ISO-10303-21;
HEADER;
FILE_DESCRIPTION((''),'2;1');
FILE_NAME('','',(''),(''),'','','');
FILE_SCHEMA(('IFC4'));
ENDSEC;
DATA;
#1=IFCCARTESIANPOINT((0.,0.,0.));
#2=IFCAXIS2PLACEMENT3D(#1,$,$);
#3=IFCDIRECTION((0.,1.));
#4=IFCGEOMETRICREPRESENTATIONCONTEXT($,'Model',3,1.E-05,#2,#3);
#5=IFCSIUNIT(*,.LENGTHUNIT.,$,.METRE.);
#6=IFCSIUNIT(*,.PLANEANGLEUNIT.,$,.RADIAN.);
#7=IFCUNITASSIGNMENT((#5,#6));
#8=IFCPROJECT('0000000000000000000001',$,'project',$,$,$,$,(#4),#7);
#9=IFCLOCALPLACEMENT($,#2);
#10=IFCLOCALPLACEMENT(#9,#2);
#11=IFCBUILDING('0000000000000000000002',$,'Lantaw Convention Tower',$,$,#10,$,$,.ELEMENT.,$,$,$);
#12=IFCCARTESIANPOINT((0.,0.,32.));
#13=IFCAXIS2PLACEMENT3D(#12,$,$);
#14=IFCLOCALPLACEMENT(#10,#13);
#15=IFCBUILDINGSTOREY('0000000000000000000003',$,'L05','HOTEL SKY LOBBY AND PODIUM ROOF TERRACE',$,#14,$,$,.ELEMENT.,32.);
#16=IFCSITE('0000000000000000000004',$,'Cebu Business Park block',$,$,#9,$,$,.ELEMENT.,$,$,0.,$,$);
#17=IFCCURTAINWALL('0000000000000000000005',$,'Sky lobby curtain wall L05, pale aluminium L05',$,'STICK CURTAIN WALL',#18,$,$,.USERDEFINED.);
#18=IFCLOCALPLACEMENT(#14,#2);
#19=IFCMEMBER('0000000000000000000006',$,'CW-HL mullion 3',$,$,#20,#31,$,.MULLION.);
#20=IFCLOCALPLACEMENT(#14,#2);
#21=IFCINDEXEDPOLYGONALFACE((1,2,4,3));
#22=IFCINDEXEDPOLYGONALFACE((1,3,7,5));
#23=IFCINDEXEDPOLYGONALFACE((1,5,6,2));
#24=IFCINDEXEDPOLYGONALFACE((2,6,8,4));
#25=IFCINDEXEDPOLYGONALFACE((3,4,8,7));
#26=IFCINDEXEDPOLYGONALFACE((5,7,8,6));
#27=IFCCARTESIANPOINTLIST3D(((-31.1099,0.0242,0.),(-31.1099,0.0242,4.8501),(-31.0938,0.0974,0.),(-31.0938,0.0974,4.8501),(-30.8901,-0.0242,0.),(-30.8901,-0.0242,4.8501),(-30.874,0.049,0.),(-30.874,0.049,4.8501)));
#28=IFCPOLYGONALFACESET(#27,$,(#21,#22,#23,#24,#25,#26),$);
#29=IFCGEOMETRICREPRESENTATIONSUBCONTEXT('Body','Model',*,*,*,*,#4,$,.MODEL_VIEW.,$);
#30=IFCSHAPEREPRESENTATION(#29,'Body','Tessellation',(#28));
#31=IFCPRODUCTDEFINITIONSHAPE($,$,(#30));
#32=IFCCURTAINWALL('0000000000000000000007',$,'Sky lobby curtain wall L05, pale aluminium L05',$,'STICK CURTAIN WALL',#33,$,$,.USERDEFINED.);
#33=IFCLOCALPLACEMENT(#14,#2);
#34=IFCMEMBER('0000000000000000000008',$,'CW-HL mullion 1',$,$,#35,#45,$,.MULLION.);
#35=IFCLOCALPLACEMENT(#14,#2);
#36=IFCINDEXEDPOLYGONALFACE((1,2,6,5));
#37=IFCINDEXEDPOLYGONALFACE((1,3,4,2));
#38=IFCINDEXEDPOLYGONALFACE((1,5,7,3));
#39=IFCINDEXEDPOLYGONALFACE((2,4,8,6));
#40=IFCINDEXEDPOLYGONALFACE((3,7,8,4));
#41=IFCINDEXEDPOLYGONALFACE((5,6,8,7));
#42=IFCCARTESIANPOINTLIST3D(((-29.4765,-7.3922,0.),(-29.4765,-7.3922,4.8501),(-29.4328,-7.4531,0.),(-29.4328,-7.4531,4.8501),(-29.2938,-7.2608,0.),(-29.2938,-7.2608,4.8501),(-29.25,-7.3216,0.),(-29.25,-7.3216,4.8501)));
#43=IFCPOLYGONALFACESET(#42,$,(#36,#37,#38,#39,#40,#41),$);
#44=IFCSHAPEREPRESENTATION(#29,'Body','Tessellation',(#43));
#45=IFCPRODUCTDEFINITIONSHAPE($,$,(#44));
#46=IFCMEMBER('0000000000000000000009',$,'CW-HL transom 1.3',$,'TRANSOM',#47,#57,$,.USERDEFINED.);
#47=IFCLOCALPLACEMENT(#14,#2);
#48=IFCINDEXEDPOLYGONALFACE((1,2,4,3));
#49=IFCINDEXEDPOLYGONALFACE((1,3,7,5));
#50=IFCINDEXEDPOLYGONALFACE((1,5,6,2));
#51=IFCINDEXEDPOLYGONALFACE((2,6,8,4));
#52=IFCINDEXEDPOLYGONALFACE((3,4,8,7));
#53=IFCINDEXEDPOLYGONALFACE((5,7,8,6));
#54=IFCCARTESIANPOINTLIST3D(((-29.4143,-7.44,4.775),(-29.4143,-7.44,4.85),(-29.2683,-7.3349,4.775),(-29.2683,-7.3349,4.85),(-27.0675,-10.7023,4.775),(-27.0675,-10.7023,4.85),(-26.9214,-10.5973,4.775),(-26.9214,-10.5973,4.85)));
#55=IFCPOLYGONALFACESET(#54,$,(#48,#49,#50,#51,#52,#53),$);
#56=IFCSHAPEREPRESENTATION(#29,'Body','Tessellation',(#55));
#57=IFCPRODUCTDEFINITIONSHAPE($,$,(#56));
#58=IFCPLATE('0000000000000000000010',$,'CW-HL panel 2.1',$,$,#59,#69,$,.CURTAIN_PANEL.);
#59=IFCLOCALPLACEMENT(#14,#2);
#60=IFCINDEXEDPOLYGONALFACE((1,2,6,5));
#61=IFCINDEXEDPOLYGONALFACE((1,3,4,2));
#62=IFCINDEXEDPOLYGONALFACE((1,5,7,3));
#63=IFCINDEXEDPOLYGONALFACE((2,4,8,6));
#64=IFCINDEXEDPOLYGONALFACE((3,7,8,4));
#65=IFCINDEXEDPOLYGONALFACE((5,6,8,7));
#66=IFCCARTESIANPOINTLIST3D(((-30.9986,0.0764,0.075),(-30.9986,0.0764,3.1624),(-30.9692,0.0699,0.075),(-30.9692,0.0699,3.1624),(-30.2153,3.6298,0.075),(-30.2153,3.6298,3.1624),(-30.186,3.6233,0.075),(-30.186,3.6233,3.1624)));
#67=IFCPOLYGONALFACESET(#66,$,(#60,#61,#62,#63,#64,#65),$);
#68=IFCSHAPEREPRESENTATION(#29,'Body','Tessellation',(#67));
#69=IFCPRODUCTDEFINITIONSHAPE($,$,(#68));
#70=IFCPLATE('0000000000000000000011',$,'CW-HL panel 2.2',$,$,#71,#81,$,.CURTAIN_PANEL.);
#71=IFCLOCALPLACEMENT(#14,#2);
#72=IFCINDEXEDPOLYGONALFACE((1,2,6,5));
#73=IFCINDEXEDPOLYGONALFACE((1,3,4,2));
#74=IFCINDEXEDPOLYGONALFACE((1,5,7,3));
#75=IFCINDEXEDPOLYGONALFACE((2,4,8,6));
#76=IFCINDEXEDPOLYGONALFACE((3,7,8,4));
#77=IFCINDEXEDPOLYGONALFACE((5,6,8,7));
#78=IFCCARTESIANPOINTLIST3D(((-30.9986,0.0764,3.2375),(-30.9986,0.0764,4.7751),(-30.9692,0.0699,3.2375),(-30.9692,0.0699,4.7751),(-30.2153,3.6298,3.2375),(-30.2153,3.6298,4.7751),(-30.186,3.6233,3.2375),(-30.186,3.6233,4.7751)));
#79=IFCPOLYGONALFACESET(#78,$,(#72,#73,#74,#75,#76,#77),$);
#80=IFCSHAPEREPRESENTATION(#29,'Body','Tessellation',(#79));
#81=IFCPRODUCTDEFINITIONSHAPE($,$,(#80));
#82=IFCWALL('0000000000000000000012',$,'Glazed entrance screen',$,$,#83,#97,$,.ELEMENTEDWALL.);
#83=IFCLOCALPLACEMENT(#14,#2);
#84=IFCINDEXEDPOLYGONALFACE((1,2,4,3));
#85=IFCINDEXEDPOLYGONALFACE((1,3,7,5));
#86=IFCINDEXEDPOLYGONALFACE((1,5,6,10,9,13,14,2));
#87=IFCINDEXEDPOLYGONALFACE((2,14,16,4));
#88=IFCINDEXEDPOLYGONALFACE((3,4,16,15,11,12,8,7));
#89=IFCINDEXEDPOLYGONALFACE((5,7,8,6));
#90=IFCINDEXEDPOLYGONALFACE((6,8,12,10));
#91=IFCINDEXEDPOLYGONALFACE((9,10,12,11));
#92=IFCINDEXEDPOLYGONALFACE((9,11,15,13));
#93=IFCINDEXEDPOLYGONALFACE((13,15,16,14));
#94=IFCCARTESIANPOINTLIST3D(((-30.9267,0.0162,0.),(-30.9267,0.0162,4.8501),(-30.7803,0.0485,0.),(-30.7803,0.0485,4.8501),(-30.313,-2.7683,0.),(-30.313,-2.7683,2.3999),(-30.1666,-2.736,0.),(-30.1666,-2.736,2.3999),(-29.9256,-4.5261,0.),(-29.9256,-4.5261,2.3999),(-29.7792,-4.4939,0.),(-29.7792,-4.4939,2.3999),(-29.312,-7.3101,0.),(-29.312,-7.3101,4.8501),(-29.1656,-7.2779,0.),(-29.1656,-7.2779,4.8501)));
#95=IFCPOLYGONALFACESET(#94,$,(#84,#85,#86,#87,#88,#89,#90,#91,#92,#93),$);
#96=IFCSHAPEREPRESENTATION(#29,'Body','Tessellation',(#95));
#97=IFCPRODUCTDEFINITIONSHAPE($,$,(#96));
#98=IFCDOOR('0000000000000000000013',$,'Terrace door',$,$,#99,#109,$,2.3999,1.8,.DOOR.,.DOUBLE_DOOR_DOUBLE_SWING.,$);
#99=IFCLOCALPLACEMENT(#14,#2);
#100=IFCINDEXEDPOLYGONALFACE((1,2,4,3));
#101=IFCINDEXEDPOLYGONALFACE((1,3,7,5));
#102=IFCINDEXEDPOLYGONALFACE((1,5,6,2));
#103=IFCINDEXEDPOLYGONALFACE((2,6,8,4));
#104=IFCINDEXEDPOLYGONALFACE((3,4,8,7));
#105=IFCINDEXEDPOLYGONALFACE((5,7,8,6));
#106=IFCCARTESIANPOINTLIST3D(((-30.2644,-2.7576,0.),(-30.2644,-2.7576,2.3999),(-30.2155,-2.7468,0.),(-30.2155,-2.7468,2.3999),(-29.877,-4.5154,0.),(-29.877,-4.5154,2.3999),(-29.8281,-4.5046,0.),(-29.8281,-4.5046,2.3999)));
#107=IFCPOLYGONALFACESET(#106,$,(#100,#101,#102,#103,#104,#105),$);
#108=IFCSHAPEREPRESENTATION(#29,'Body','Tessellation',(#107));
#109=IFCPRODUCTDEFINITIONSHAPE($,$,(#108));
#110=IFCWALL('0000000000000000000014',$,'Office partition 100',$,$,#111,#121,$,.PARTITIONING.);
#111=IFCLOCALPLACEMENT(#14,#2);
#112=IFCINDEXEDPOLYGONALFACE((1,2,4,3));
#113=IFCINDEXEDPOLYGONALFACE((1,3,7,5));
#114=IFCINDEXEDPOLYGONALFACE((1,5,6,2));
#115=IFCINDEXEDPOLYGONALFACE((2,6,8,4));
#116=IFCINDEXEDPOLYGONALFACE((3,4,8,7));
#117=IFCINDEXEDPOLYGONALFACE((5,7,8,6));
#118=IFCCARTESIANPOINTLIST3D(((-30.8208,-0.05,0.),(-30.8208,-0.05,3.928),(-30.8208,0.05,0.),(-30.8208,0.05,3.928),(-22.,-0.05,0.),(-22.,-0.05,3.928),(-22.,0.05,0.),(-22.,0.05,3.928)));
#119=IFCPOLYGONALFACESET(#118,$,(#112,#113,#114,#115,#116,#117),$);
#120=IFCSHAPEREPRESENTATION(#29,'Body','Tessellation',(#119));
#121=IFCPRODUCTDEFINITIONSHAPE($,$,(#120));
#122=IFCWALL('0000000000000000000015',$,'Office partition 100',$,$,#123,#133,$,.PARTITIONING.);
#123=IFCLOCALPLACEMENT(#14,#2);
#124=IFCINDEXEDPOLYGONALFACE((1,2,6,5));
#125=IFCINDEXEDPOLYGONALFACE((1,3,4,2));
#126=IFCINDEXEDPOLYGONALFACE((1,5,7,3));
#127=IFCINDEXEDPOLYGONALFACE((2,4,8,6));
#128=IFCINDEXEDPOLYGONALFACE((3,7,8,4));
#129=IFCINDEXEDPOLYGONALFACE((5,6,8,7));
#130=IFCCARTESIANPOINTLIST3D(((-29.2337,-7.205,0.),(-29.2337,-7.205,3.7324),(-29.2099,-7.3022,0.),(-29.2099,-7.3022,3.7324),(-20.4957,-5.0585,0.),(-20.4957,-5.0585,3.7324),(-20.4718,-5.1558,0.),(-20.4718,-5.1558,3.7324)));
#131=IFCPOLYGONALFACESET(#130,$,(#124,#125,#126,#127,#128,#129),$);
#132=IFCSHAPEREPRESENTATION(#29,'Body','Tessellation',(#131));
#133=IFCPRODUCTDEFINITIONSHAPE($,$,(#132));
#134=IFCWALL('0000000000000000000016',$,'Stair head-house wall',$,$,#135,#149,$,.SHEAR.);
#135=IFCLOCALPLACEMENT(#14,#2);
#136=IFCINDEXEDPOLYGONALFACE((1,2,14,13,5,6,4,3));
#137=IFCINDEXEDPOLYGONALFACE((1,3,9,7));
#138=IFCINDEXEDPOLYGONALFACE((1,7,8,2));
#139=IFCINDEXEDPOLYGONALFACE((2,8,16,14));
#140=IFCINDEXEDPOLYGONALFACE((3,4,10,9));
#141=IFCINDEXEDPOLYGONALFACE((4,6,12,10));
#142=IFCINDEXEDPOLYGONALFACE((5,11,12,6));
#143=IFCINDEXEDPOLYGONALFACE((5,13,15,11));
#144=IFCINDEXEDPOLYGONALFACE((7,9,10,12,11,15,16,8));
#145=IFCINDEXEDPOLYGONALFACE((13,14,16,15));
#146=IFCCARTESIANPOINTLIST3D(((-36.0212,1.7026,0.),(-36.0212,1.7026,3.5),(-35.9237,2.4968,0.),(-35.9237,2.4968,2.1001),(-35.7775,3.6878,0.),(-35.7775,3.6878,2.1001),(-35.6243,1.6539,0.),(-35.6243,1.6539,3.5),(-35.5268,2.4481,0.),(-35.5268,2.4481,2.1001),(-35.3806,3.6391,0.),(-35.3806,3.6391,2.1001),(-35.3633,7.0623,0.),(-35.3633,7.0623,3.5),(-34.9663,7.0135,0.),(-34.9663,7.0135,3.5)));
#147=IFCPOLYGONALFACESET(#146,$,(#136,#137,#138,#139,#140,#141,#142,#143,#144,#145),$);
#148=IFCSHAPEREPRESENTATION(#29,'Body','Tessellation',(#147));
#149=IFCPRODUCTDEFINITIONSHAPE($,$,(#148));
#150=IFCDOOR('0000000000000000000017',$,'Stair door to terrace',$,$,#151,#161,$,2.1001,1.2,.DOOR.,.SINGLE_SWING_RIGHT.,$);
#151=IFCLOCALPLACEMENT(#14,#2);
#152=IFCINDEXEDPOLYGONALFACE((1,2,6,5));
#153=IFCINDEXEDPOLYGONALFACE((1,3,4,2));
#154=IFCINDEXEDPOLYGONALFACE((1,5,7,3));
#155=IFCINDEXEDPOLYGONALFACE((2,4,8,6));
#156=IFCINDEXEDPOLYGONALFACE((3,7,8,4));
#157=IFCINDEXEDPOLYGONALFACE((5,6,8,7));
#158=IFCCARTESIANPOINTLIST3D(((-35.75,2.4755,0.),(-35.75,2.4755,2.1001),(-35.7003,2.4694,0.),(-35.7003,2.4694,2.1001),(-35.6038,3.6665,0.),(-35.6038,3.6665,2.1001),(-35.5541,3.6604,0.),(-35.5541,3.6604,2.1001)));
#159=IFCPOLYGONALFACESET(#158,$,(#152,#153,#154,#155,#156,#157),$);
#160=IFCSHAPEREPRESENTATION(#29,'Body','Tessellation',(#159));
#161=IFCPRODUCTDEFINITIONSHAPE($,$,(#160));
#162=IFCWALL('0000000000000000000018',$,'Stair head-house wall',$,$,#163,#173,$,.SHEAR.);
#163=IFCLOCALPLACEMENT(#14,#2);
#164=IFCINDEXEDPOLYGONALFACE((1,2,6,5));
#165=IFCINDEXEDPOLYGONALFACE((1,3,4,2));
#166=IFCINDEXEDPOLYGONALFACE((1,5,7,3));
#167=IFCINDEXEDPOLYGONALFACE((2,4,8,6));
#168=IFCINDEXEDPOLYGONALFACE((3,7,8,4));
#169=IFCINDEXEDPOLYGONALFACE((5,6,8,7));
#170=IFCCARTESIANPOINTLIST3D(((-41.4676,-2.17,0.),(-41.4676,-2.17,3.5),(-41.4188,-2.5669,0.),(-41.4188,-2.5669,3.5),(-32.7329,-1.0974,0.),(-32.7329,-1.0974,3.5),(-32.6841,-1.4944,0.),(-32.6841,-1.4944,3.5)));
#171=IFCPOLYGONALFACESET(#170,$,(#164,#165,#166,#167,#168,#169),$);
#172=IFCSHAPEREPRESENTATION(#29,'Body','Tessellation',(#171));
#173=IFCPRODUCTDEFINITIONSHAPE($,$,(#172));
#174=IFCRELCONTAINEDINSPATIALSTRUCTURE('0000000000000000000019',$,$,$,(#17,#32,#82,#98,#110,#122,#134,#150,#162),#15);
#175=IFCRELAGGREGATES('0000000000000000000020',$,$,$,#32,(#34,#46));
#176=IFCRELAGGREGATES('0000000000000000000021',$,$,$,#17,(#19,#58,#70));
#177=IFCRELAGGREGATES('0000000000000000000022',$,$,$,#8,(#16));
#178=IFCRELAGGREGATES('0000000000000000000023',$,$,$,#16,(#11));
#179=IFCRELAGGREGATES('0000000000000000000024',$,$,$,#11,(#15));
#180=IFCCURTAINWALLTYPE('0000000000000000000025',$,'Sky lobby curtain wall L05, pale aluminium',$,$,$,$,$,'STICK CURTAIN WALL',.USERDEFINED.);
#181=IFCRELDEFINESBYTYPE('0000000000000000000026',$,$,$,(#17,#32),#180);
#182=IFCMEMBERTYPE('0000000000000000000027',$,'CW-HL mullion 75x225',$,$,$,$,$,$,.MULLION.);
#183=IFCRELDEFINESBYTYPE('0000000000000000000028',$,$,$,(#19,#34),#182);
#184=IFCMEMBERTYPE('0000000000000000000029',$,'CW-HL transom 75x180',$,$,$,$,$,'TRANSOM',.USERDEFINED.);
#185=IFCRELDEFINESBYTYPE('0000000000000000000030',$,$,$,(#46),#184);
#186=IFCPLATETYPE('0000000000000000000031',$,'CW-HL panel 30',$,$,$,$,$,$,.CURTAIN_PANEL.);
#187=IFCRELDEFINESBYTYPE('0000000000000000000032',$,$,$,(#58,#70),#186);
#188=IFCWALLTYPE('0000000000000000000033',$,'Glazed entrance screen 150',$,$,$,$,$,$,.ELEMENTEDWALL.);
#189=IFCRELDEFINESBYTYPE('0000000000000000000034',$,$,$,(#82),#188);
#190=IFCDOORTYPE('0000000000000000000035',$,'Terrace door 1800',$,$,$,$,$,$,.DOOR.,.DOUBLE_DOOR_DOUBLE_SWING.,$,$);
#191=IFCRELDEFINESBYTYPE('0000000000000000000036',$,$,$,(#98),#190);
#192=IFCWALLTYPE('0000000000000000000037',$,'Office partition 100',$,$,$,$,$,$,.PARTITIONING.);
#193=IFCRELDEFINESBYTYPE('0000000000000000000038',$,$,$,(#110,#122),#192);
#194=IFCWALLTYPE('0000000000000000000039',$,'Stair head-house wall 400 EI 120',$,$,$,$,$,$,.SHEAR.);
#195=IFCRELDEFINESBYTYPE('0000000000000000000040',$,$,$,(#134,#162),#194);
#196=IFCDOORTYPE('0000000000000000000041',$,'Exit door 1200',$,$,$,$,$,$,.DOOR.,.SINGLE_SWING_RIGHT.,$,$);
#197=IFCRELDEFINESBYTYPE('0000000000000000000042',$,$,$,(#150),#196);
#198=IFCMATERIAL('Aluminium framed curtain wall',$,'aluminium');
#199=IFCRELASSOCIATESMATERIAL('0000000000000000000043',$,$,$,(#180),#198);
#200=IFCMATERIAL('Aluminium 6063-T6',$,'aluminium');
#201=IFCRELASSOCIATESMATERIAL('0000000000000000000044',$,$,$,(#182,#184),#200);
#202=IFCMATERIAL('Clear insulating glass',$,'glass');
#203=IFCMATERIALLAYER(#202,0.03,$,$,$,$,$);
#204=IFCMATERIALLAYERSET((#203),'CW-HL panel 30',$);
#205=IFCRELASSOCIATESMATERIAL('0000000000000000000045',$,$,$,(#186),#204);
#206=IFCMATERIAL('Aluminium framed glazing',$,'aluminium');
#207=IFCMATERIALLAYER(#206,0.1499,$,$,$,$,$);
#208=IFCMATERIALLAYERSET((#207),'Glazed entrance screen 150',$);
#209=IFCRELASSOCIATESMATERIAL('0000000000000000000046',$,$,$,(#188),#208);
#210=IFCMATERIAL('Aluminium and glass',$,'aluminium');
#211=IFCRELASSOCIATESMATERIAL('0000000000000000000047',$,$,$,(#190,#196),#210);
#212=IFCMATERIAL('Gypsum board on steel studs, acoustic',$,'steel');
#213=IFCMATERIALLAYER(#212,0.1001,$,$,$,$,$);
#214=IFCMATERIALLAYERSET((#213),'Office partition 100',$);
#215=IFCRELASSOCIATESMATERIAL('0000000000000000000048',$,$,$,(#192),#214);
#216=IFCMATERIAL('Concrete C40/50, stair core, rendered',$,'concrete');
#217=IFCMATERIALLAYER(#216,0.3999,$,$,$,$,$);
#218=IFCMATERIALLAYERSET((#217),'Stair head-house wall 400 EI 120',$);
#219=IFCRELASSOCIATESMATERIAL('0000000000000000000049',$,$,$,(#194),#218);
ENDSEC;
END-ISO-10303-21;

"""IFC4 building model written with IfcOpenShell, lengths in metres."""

from ifc_helpers import new_model, si_unit, direction, frame, frame_2d, origin, origin_2d, place, context, subcontext, project, spatial, rectangle, extrude, material, layer, layer_set, material_profile, profile_set, type_object, element, fill, aggregate, save


model = new_model("IFC4")

# Units and contexts
model_context = context("Model", 3, precision=1e-05, world=origin(), true_north=direction((0.0, 1.0)))
body_context = subcontext(model_context, "Body", "Model", "MODEL_VIEW")
ifc_project = project(units=[si_unit("LENGTHUNIT", "METRE"), si_unit("PLANEANGLEUNIT", "RADIAN")], contexts=[model_context])

# Site, building, storey
site_placement = place(None, origin())
site = spatial("IfcSite", under=ifc_project, at=site_placement, Name="Cebu Business Park block", CompositionType="ELEMENT", RefElevation=0.0)
building_placement = place(site_placement, origin())
building = spatial("IfcBuilding", under=site, at=building_placement, Name="Lantaw Convention Tower", CompositionType="ELEMENT")
storey_placement = place(building_placement, frame((0.0, 0.0, 32.0)))
storey = spatial("IfcBuildingStorey", under=building, at=storey_placement, Name="L05", Description="HOTEL SKY LOBBY AND PODIUM ROOF TERRACE", CompositionType="ELEMENT", Elevation=32.0)

# Curtain wall, member
ifc_material_1 = material(Name="Aluminium framed curtain wall", Category="aluminium")
curtain_wall_type = type_object("IfcCurtainWallType", Name="Sky lobby curtain wall L05, pale aluminium", ElementType="STICK CURTAIN WALL", PredefinedType="USERDEFINED", material=ifc_material_1)
curtain_wall_1_placement = place(storey_placement, origin())
curtain_wall_1 = element("IfcCurtainWall", 1, at=curtain_wall_1_placement, inside=storey, type_object=curtain_wall_type, Name="Sky lobby curtain wall L05, pale aluminium L05", ObjectType="STICK CURTAIN WALL", PredefinedType="USERDEFINED")
ifc_material_2 = material(Name="Aluminium 6063-T6", Category="aluminium")
ifc_material_profile_1 = material_profile(ifc_material_2, rectangle(XDim=0.2251, YDim=0.075, at=origin_2d()), Name="CW-HL mullion 75x225")
ifc_profile_set_1 = profile_set([ifc_material_profile_1], Name="Aluminium 6063-T6")
member_type_1 = type_object("IfcMemberType", Name="CW-HL mullion 75x225", PredefinedType="MULLION", material=ifc_profile_set_1)
member_1_placement = place(storey_placement, frame((-30.9919, 0.0366, 0.0), z_axis=(0.0, 0.0, 1.0), x_axis=(0.97656, -0.215246, 0.0)))
member_1 = element("IfcMember", 2, at=member_1_placement, type_object=member_type_1, Name="CW-HL mullion 3", PredefinedType="MULLION", context=body_context, shape_type="SweptSolid", body=[
    extrude(rectangle(XDim=0.2251, YDim=0.075, at=origin_2d()), origin(), (0.0, 0.0, 1.0), 4.8501),
])

# Curtain wall, members
curtain_wall_2_placement = place(storey_placement, origin())
curtain_wall_2 = element("IfcCurtainWall", 3, at=curtain_wall_2_placement, inside=storey, type_object=curtain_wall_type, Name="Sky lobby curtain wall L05, pale aluminium L05", ObjectType="STICK CURTAIN WALL", PredefinedType="USERDEFINED")
member_2_placement = place(storey_placement, frame((-29.3633, -7.3569, 0.0), z_axis=(0.0, 0.0, 1.0), x_axis=(0.811789, 0.583951, 0.0)))
member_2 = element("IfcMember", 4, at=member_2_placement, type_object=member_type_1, Name="CW-HL mullion 1", PredefinedType="MULLION", context=body_context, shape_type="SweptSolid", body=[
    extrude(rectangle(XDim=0.2251, YDim=0.075, at=origin_2d()), origin(), (0.0, 0.0, 1.0), 4.8501),
])
ifc_material_profile_2 = material_profile(ifc_material_2, rectangle(XDim=0.1799, YDim=0.075, at=origin_2d()), Name="CW-HL transom 75x180")
ifc_profile_set_2 = profile_set([ifc_material_profile_2], Name="Aluminium 6063-T6")
member_type_2 = type_object("IfcMemberType", Name="CW-HL transom 75x180", ElementType="TRANSOM", PredefinedType="USERDEFINED", material=ifc_profile_set_2)
member_3_placement = place(storey_placement, frame((-29.3413, -7.3875, 4.8125), z_axis=(0.58397, -0.811775, 0.0), x_axis=(0.811775, 0.58397, 0.0)))
member_3 = element("IfcMember", 5, at=member_3_placement, type_object=member_type_2, Name="CW-HL transom 1.3", ObjectType="TRANSOM", PredefinedType="USERDEFINED", context=body_context, shape_type="SweptSolid", body=[
    extrude(rectangle(XDim=0.1799, YDim=0.075, at=origin_2d()), origin(), (0.0, 0.0, 1.0), 4.0188),
])
aggregate(curtain_wall_2, [member_2, member_3])

# Plates
ifc_material_3 = material(Name="Clear insulating glass", Category="glass")
ifc_layer_1 = layer(ifc_material_3, 0.03)
ifc_layer_set_1 = layer_set([ifc_layer_1], Name="CW-HL panel 30")
plate_type = type_object("IfcPlateType", Name="CW-HL panel 30", PredefinedType="CURTAIN_PANEL", material=ifc_layer_set_1)
plate_1_placement = place(storey_placement, frame((-30.5923, 1.8499, 0.075), z_axis=(0.0, 0.0, 1.0), x_axis=(-0.215246, -0.97656, 0.0)))
plate_1 = element("IfcPlate", 6, at=plate_1_placement, type_object=plate_type, Name="CW-HL panel 2.1", PredefinedType="CURTAIN_PANEL", context=body_context, shape_type="SweptSolid", body=[
    extrude(rectangle(XDim=3.6387, YDim=0.03, at=origin_2d()), origin(), (0.0, 0.0, 1.0), 3.0874),
])
plate_2_placement = place(storey_placement, frame((-30.5923, 1.8499, 3.2375), z_axis=(0.0, 0.0, 1.0), x_axis=(-0.215246, -0.97656, 0.0)))
plate_2 = element("IfcPlate", 7, at=plate_2_placement, type_object=plate_type, Name="CW-HL panel 2.2", PredefinedType="CURTAIN_PANEL", context=body_context, shape_type="SweptSolid", body=[
    extrude(rectangle(XDim=3.6387, YDim=0.03, at=origin_2d()), origin(), (0.0, 0.0, 1.0), 1.5376),
])
aggregate(curtain_wall_1, [member_1, plate_1, plate_2])

# Wall, opening, door
ifc_material_4 = material(Name="Aluminium framed glazing", Category="aluminium")
ifc_layer_2 = layer(ifc_material_4, 0.1499)
ifc_layer_set_2 = layer_set([ifc_layer_2], Name="Glazed entrance screen 150")
wall_type_1 = type_object("IfcWallType", Name="Glazed entrance screen 150", PredefinedType="ELEMENTEDWALL", material=ifc_layer_set_2)
wall_1_placement = place(storey_placement, frame((-30.8535, 0.0322, 0.0), z_axis=(0.0, 0.0, 1.0), x_axis=(0.215235, -0.976562, 0.0)))
wall_1 = element("IfcWall", 8, at=wall_1_placement, inside=storey, type_object=wall_type_1, Name="Glazed entrance screen", PredefinedType="ELEMENTEDWALL", context=body_context, shape_type="SweptSolid", body=[
    extrude(rectangle(XDim=7.5022, YDim=0.1499, at=frame_2d((3.751, 0.0))), origin(), (0.0, 0.0, 1.0), 4.8501),
])
opening_1_placement = place(wall_1_placement, frame((2.8513, 0.0, 0.0)))
opening_1 = element("IfcOpeningElement", 9, at=opening_1_placement, cuts=wall_1, PredefinedType="OPENING", context=body_context, shape_type="SweptSolid", body=[
    extrude(rectangle(XDim=1.8, YDim=2.3999, at=frame_2d((0.8999, 1.2))), frame((0.0, 0.085, 0.0), z_axis=(0.0, -1.0, 0.0), x_axis=(1.0, 0.0, 0.0)), (0.0, 0.0, 1.0), 0.1699),
])
ifc_material_5 = material(Name="Aluminium and glass", Category="aluminium")
door_type_1 = type_object("IfcDoorType", Name="Terrace door 1800", OperationType="DOUBLE_DOOR_DOUBLE_SWING", PredefinedType="DOOR", material=ifc_material_5)
door_1_placement = place(opening_1_placement, origin())
door_1 = element("IfcDoor", 10, at=door_1_placement, inside=storey, type_object=door_type_1, Name="Terrace door", OperationType="DOUBLE_DOOR_DOUBLE_SWING", OverallHeight=2.3999, OverallWidth=1.8, PredefinedType="DOOR", context=body_context, shape_type="SweptSolid", body=[
    extrude(rectangle(XDim=1.8, YDim=2.3999, at=frame_2d((0.8999, 1.2))), frame((0.0, 0.0249, 0.0), z_axis=(0.0, -1.0, 0.0), x_axis=(1.0, 0.0, 0.0)), (0.0, 0.0, 1.0), 0.05),
])
fill(opening_1, door_1)

# Walls
ifc_material_6 = material(Name="Gypsum board on steel studs, acoustic", Category="steel")
ifc_layer_3 = layer(ifc_material_6, 0.1001)
ifc_layer_set_3 = layer_set([ifc_layer_3], Name="Office partition 100")
wall_type_2 = type_object("IfcWallType", Name="Office partition 100", PredefinedType="PARTITIONING", material=ifc_layer_set_3)
wall_2_placement = place(storey_placement, frame((-30.8208, 0.0, 0.0), z_axis=(0.0, 0.0, 1.0), x_axis=(1.0, 0.0, 0.0)))
element("IfcWall", 11, at=wall_2_placement, inside=storey, type_object=wall_type_2, Name="Office partition 100", PredefinedType="PARTITIONING", context=body_context, shape_type="SweptSolid", body=[
    extrude(rectangle(XDim=8.8208, YDim=0.1001, at=frame_2d((4.4104, 0.0))), origin(), (0.0, 0.0, 1.0), 3.928),
])
wall_3_placement = place(storey_placement, frame((-29.2219, -7.2537, 0.0), z_axis=(0.0, 0.0, 1.0), x_axis=(0.971129, 0.238556, 0.0)))
element("IfcWall", 12, at=wall_3_placement, inside=storey, type_object=wall_type_2, Name="Office partition 100", PredefinedType="PARTITIONING", context=body_context, shape_type="SweptSolid", body=[
    extrude(rectangle(XDim=8.9978, YDim=0.1001, at=frame_2d((4.499, 0.0))), origin(), (0.0, 0.0, 1.0), 3.7324),
])

# Wall, opening, door
ifc_material_7 = material(Name="Concrete C40/50, stair core, rendered", Category="concrete")
ifc_layer_4 = layer(ifc_material_7, 0.3999)
ifc_layer_set_4 = layer_set([ifc_layer_4], Name="Stair head-house wall 400 EI 120")
wall_type_3 = type_object("IfcWallType", Name="Stair head-house wall 400 EI 120", PredefinedType="SHEAR", material=ifc_layer_set_4)
wall_4_placement = place(storey_placement, frame((-35.8228, 1.6782, 0.0), z_axis=(0.0, 0.0, 1.0), x_axis=(0.121848, 0.992549, 0.0)))
wall_4 = element("IfcWall", 13, at=wall_4_placement, inside=storey, type_object=wall_type_3, Name="Stair head-house wall", PredefinedType="SHEAR", context=body_context, shape_type="SweptSolid", body=[
    extrude(rectangle(XDim=5.3999, YDim=0.3999, at=frame_2d((2.7, 0.0))), origin(), (0.0, 0.0, 1.0), 3.5),
])
opening_2_placement = place(wall_4_placement, frame((0.8, 0.0, 0.0)))
opening_2 = element("IfcOpeningElement", 14, at=opening_2_placement, cuts=wall_4, PredefinedType="OPENING", context=body_context, shape_type="SweptSolid", body=[
    extrude(rectangle(XDim=1.2, YDim=2.1001, at=frame_2d((0.6001, 1.05))), frame((0.0, 0.21, 0.0), z_axis=(0.0, -1.0, 0.0), x_axis=(1.0, 0.0, 0.0)), (0.0, 0.0, 1.0), 0.4199),
])
door_type_2 = type_object("IfcDoorType", Name="Exit door 1200", OperationType="SINGLE_SWING_RIGHT", PredefinedType="DOOR", material=ifc_material_5)
door_2_placement = place(opening_2_placement, origin())
door_2 = element("IfcDoor", 15, at=door_2_placement, inside=storey, type_object=door_type_2, Name="Stair door to terrace", OperationType="SINGLE_SWING_RIGHT", OverallHeight=2.1001, OverallWidth=1.2, PredefinedType="DOOR", context=body_context, shape_type="SweptSolid", body=[
    extrude(rectangle(XDim=1.2, YDim=2.1001, at=frame_2d((0.6001, 1.05))), frame((0.0, 0.0249, 0.0), z_axis=(0.0, -1.0, 0.0), x_axis=(1.0, 0.0, 0.0)), (0.0, 0.0, 1.0), 0.05),
])
fill(opening_2, door_2)

# Wall
wall_5_placement = place(storey_placement, frame((-32.7085, -1.2959, 0.0), z_axis=(0.0, 0.0, 1.0), x_axis=(-0.992546, -0.121873, 0.0)))
element("IfcWall", 16, at=wall_5_placement, inside=storey, type_object=wall_type_3, Name="Stair head-house wall", PredefinedType="SHEAR", context=body_context, shape_type="SweptSolid", body=[
    extrude(rectangle(XDim=8.8003, YDim=0.3999, at=frame_2d((4.4001, 0.0))), origin(), (0.0, 0.0, 1.0), 3.5),
])

save(model, "model.ifc")
